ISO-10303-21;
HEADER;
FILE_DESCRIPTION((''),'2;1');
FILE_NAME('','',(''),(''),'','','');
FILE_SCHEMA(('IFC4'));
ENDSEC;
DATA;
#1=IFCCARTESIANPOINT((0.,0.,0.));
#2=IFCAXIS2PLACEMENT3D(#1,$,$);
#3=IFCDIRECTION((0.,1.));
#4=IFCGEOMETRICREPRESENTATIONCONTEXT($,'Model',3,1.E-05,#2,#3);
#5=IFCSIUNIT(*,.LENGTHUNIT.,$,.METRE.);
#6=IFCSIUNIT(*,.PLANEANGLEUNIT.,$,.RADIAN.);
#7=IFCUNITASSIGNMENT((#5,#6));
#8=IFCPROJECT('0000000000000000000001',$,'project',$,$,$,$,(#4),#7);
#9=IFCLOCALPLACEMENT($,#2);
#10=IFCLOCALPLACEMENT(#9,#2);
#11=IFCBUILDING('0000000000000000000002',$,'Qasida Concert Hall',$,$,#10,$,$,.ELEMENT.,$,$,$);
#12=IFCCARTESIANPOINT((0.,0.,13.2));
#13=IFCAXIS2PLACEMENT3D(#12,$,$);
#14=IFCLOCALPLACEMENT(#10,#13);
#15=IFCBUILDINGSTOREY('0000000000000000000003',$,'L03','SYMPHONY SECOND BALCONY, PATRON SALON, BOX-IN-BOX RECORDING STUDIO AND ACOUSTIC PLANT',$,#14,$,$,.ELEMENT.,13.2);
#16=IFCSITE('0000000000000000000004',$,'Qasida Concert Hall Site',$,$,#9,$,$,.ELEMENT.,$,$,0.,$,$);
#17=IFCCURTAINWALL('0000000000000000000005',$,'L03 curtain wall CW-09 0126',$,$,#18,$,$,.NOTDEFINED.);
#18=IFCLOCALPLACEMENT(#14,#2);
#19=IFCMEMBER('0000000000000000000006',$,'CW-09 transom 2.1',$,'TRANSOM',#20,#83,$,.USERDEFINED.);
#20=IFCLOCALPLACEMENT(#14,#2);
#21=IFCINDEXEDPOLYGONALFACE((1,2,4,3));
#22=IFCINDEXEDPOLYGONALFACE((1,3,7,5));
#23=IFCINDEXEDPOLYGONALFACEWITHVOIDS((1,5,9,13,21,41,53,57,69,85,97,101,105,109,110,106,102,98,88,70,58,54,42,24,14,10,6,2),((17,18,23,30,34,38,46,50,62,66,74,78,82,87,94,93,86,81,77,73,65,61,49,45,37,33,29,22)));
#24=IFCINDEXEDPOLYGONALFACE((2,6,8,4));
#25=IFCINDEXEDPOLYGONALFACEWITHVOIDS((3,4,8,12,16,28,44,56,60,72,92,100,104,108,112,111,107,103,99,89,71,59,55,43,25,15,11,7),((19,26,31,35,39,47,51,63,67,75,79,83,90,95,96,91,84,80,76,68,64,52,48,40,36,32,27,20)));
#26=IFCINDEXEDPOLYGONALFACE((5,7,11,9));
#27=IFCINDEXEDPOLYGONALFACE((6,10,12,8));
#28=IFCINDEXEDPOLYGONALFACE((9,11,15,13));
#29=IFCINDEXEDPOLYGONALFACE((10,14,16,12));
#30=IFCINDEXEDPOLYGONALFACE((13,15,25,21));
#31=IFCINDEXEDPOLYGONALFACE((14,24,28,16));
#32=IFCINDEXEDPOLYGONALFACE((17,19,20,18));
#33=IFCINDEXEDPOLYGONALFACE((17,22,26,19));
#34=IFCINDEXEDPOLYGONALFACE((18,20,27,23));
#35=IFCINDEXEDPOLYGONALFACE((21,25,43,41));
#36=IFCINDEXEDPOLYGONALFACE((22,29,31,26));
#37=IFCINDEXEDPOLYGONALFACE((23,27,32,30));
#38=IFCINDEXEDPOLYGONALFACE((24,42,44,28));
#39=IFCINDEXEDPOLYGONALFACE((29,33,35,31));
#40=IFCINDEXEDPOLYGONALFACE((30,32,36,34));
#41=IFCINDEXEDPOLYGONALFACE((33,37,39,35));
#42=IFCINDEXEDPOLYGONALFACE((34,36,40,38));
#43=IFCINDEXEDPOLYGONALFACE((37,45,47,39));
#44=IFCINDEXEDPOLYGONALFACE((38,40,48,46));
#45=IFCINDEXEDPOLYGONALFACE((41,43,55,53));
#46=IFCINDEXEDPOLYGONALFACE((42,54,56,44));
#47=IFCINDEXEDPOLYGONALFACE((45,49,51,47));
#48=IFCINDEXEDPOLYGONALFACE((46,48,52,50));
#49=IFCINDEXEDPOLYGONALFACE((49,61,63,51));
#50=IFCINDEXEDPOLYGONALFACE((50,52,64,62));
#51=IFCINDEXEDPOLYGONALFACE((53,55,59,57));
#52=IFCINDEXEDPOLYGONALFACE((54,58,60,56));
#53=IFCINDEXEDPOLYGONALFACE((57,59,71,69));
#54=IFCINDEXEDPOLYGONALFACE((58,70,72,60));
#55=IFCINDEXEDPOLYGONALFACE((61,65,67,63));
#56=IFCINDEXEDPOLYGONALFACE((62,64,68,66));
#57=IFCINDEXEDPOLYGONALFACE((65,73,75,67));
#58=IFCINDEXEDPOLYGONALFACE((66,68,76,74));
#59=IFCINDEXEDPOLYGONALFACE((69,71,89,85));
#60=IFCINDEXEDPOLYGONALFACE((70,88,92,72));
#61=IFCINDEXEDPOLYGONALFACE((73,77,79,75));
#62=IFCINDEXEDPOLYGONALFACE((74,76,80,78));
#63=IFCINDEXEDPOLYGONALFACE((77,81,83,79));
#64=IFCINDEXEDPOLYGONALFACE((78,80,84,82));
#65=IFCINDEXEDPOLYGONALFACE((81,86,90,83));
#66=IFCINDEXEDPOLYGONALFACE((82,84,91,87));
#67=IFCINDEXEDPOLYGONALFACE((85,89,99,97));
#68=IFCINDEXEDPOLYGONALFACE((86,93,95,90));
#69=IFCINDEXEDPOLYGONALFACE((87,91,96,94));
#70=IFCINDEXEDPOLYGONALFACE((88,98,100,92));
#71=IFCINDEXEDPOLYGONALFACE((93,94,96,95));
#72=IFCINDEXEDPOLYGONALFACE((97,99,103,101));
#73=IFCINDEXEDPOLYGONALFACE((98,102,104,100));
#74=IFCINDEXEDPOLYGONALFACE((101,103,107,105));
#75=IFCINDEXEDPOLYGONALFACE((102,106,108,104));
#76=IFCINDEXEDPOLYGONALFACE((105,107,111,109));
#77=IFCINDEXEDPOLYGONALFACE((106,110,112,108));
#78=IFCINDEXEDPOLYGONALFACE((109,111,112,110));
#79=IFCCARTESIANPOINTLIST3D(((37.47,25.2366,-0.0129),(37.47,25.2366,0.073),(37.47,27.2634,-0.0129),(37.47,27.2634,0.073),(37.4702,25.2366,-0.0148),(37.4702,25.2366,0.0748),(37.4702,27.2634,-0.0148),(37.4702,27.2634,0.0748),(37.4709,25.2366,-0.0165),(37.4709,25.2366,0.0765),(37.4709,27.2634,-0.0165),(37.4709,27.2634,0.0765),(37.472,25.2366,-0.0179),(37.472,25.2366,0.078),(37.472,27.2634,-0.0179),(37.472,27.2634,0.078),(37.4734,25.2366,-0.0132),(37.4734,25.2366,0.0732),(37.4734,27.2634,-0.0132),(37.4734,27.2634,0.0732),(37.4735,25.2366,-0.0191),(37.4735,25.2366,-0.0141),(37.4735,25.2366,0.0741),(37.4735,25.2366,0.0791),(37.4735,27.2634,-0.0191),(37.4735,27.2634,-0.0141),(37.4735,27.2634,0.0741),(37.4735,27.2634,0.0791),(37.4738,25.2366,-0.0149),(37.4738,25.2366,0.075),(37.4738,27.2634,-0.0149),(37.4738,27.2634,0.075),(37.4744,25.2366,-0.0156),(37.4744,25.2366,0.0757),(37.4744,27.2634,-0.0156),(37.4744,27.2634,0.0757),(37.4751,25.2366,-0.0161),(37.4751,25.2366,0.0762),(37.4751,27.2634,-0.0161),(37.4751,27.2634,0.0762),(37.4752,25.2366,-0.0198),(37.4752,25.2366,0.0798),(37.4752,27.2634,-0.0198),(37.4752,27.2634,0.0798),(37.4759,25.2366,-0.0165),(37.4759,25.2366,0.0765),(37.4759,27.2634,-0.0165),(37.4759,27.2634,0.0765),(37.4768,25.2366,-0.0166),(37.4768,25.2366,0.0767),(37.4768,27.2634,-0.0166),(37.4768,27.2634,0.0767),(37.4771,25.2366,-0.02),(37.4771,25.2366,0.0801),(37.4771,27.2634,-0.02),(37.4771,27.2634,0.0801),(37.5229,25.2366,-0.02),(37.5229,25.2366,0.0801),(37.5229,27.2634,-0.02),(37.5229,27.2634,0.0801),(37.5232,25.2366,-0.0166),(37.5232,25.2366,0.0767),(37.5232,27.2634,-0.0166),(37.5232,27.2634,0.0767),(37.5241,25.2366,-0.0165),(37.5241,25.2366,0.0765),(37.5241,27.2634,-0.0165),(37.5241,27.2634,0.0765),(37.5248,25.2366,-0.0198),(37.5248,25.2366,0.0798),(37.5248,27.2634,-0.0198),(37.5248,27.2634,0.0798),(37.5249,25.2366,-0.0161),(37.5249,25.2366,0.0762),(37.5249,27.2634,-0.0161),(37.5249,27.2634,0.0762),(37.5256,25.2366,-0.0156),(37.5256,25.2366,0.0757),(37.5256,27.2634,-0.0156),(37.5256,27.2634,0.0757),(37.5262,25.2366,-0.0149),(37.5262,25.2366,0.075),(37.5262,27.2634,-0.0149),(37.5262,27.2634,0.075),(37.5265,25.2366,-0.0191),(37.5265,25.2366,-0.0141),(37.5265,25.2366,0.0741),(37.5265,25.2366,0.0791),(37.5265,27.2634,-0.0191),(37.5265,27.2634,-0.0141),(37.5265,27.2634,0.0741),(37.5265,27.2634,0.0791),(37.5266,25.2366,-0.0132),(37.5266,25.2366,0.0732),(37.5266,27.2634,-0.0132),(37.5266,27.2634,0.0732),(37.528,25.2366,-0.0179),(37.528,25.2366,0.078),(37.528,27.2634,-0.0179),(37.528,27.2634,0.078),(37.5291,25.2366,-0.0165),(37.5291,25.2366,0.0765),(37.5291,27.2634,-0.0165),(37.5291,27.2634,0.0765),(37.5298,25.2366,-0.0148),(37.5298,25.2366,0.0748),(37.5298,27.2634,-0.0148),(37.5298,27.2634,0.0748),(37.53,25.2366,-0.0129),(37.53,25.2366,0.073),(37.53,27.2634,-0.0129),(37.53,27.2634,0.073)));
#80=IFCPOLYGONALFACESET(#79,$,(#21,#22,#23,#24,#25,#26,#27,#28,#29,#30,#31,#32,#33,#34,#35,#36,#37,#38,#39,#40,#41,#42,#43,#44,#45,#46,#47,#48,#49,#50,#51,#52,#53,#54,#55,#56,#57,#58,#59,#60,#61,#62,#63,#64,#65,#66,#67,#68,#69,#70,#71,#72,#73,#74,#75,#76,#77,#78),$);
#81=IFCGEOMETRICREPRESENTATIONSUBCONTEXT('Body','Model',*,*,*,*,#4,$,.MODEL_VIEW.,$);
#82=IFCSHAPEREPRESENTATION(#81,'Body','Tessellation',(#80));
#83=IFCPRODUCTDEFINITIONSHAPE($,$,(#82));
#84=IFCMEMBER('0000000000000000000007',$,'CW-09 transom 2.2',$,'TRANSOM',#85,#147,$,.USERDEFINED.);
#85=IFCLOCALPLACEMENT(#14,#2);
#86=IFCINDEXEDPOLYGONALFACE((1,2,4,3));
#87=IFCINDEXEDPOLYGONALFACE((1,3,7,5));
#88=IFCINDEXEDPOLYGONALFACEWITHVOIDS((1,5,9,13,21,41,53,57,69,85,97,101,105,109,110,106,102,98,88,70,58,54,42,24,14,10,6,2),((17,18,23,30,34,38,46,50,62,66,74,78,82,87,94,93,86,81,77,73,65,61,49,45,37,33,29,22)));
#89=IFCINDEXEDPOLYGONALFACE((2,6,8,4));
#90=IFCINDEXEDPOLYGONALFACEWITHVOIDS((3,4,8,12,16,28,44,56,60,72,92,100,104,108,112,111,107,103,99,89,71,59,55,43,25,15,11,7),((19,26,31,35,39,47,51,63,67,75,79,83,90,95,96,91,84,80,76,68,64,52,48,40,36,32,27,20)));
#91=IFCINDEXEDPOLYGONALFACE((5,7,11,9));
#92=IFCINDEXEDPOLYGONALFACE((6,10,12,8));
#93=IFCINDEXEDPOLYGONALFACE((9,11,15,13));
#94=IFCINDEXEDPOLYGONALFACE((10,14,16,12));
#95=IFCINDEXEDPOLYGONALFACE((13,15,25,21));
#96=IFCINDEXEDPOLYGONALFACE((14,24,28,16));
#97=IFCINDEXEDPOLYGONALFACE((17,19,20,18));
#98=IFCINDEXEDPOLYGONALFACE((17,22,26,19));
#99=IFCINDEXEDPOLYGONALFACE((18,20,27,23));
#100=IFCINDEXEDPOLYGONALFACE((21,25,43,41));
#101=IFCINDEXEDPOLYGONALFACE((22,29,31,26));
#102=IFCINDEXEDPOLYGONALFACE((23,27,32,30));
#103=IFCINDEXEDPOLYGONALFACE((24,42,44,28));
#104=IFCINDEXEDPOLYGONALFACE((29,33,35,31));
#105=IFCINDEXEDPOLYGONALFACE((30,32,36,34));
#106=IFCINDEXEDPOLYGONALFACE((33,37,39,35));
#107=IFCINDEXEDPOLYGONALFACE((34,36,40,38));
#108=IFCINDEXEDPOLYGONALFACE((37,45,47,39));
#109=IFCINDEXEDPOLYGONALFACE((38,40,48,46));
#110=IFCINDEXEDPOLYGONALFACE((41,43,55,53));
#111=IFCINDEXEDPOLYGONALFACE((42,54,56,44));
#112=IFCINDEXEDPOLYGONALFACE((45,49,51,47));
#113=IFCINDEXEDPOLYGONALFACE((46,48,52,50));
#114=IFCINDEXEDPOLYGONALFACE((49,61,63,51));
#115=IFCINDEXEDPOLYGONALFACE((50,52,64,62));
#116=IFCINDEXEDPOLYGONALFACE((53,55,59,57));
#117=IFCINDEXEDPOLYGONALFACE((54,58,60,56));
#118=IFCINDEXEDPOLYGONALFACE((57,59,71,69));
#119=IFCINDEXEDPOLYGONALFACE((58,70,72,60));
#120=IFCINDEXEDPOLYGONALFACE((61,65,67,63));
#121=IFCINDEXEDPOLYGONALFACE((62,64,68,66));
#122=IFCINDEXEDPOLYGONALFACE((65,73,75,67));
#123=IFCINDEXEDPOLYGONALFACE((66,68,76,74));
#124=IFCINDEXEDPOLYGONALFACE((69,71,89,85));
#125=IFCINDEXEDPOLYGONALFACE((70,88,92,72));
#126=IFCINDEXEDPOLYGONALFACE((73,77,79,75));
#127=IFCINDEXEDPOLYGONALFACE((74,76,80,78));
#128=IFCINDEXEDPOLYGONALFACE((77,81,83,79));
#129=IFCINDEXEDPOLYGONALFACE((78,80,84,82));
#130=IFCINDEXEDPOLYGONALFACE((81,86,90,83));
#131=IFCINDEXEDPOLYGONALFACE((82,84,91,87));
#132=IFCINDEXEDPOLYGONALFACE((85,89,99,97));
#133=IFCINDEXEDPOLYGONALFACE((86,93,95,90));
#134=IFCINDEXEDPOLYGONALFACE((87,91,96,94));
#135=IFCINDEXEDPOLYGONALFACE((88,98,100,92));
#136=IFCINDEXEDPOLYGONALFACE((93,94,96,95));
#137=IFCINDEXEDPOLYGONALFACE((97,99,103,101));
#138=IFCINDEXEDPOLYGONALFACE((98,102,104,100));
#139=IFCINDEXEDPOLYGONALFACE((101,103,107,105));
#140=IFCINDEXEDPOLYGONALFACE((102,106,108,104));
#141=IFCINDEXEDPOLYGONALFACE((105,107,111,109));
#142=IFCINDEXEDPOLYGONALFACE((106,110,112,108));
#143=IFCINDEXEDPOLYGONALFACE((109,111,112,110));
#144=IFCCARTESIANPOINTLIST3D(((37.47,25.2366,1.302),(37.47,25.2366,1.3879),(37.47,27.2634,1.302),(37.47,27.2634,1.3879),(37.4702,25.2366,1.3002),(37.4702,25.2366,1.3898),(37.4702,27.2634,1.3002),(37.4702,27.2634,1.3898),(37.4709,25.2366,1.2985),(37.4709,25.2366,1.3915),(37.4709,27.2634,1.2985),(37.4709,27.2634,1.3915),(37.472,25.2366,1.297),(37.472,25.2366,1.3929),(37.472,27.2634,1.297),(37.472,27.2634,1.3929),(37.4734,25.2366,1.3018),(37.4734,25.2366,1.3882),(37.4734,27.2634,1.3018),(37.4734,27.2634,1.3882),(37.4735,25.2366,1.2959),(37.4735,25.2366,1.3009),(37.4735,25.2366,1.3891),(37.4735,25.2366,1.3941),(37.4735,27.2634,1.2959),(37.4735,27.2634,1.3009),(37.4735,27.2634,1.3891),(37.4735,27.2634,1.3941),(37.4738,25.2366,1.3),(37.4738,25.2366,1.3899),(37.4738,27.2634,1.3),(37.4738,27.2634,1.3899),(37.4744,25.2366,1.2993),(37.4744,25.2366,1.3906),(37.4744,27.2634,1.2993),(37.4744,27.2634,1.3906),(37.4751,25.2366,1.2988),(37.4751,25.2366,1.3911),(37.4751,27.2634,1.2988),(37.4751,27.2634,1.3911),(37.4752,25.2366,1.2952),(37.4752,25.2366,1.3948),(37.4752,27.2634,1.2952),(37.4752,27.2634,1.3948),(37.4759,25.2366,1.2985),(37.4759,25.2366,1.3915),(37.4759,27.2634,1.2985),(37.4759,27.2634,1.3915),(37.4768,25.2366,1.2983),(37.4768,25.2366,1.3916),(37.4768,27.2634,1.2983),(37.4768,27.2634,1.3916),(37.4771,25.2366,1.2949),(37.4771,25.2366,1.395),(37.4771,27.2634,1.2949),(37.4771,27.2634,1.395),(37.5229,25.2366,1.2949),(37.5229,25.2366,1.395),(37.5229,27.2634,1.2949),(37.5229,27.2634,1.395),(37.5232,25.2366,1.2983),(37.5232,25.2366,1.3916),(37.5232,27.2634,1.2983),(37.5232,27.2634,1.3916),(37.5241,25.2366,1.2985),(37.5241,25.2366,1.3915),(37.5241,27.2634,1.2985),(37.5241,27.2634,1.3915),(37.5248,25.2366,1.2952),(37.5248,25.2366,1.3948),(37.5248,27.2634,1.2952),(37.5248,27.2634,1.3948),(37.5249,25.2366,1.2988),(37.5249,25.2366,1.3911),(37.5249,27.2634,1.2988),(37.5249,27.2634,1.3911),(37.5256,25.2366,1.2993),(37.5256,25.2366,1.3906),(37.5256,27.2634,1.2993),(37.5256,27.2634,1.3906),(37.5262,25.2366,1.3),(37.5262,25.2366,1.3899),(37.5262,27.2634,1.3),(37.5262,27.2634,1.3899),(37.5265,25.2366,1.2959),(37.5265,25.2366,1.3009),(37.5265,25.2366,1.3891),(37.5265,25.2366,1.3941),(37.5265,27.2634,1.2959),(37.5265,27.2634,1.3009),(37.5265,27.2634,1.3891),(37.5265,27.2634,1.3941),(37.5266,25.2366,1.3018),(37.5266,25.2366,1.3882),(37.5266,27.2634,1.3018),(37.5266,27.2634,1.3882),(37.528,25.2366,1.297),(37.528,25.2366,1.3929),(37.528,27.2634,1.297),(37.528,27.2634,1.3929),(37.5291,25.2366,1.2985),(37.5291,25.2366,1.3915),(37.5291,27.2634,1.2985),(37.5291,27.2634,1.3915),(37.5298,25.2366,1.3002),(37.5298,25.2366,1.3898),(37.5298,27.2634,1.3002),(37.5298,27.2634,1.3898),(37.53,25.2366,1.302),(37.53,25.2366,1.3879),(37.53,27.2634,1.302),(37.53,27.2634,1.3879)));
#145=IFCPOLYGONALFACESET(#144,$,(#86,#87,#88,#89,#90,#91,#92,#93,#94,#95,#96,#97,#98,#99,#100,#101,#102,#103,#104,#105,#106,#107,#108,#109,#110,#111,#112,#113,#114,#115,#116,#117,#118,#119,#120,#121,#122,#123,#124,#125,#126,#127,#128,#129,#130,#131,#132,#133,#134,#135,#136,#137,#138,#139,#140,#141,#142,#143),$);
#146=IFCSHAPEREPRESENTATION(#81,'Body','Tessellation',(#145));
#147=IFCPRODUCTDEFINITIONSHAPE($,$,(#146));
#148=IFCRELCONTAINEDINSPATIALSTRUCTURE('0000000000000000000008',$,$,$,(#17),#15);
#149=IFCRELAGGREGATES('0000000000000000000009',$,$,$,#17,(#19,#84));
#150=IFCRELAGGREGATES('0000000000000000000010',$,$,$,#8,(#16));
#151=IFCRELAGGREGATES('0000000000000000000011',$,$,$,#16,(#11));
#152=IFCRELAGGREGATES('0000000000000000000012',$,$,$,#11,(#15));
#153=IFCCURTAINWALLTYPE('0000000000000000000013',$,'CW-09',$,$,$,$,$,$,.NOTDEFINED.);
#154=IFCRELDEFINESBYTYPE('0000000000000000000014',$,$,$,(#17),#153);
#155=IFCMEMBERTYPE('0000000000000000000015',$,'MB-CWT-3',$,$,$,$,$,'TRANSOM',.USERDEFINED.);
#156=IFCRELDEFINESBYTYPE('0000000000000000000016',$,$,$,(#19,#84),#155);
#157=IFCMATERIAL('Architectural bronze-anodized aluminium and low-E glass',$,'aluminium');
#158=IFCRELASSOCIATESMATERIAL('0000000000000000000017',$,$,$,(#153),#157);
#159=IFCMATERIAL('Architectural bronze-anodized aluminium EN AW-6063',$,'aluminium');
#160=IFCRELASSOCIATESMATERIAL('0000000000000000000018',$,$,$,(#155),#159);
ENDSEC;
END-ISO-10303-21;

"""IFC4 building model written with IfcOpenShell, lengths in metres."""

from ifc_helpers import new_model, si_unit, direction, frame, origin, origin_2d, place, context, subcontext, project, spatial, hollow_rectangle, extrude, material, material_profile, profile_set, type_object, element, aggregate, save


model = new_model("IFC4")

# Units and contexts
model_context = context("Model", 3, precision=1e-05, world=origin(), true_north=direction((0.0, 1.0)))
body_context = subcontext(model_context, "Body", "Model", "MODEL_VIEW")
ifc_project = project(units=[si_unit("LENGTHUNIT", "METRE"), si_unit("PLANEANGLEUNIT", "RADIAN")], contexts=[model_context])

# Site, building, storey
site_placement = place(None, origin())
site = spatial("IfcSite", under=ifc_project, at=site_placement, Name="Qasida Concert Hall Site", CompositionType="ELEMENT", RefElevation=0.0)
building_placement = place(site_placement, origin())
building = spatial("IfcBuilding", under=site, at=building_placement, Name="Qasida Concert Hall", CompositionType="ELEMENT")
storey_placement = place(building_placement, frame((0.0, 0.0, 13.2)))
storey = spatial("IfcBuildingStorey", under=building, at=storey_placement, Name="L03", Description="SYMPHONY SECOND BALCONY, PATRON SALON, BOX-IN-BOX RECORDING STUDIO AND ACOUSTIC PLANT", CompositionType="ELEMENT", Elevation=13.2)

# Curtain wall
ifc_material_1 = material(Name="Architectural bronze-anodized aluminium and low-E glass", Category="aluminium")
curtain_wall_type = type_object("IfcCurtainWallType", Name="CW-09", PredefinedType="NOTDEFINED", material=ifc_material_1)
ifc_material_2 = material(Name="Architectural bronze-anodized aluminium EN AW-6063", Category="aluminium")
curtain_wall_1_placement = place(storey_placement, origin())
curtain_wall_1 = element("IfcCurtainWall", 1, at=curtain_wall_1_placement, inside=storey, type_object=curtain_wall_type, Name="L03 curtain wall CW-09 0126", PredefinedType="NOTDEFINED")

# Members
ifc_material_profile_1 = material_profile(ifc_material_2, hollow_rectangle(XDim=0.0601, YDim=0.1001, WallThickness=0.0034, InnerFilletRadius=0.0034, OuterFilletRadius=0.0071, at=origin_2d()), Name="CWT 100x60x3.5")
ifc_profile_set_1 = profile_set([ifc_material_profile_1], Name="Architectural bronze-anodized aluminium EN AW-6063")
member_type_1 = type_object("IfcMemberType", Name="MB-CWT-3", ElementType="TRANSOM", PredefinedType="USERDEFINED", material=ifc_profile_set_1)
member_1_placement = place(storey_placement, frame((37.5, 25.2366, 0.03), z_axis=(0.0, 1.0, 0.0), x_axis=(-1.0, 0.0, 0.0)))
member_1 = element("IfcMember", 2, at=member_1_placement, type_object=member_type_1, Name="CW-09 transom 2.1", ObjectType="TRANSOM", PredefinedType="USERDEFINED", context=body_context, shape_type="SweptSolid", body=[
    extrude(hollow_rectangle(XDim=0.0601, YDim=0.1001, WallThickness=0.0034, InnerFilletRadius=0.0034, OuterFilletRadius=0.0071, at=origin_2d()), origin(), (0.0, 0.0, 1.0), 2.0269),
])
member_2_placement = place(storey_placement, frame((37.5, 25.2366, 1.345), z_axis=(0.0, 1.0, 0.0), x_axis=(-1.0, 0.0, 0.0)))
member_2 = element("IfcMember", 3, at=member_2_placement, type_object=member_type_1, Name="CW-09 transom 2.2", ObjectType="TRANSOM", PredefinedType="USERDEFINED", context=body_context, shape_type="SweptSolid", body=[
    extrude(hollow_rectangle(XDim=0.0601, YDim=0.1001, WallThickness=0.0034, InnerFilletRadius=0.0034, OuterFilletRadius=0.0071, at=origin_2d()), origin(), (0.0, 0.0, 1.0), 2.0269),
])

aggregate(curtain_wall_1, [member_1, member_2])

save(model, "model.ifc")
